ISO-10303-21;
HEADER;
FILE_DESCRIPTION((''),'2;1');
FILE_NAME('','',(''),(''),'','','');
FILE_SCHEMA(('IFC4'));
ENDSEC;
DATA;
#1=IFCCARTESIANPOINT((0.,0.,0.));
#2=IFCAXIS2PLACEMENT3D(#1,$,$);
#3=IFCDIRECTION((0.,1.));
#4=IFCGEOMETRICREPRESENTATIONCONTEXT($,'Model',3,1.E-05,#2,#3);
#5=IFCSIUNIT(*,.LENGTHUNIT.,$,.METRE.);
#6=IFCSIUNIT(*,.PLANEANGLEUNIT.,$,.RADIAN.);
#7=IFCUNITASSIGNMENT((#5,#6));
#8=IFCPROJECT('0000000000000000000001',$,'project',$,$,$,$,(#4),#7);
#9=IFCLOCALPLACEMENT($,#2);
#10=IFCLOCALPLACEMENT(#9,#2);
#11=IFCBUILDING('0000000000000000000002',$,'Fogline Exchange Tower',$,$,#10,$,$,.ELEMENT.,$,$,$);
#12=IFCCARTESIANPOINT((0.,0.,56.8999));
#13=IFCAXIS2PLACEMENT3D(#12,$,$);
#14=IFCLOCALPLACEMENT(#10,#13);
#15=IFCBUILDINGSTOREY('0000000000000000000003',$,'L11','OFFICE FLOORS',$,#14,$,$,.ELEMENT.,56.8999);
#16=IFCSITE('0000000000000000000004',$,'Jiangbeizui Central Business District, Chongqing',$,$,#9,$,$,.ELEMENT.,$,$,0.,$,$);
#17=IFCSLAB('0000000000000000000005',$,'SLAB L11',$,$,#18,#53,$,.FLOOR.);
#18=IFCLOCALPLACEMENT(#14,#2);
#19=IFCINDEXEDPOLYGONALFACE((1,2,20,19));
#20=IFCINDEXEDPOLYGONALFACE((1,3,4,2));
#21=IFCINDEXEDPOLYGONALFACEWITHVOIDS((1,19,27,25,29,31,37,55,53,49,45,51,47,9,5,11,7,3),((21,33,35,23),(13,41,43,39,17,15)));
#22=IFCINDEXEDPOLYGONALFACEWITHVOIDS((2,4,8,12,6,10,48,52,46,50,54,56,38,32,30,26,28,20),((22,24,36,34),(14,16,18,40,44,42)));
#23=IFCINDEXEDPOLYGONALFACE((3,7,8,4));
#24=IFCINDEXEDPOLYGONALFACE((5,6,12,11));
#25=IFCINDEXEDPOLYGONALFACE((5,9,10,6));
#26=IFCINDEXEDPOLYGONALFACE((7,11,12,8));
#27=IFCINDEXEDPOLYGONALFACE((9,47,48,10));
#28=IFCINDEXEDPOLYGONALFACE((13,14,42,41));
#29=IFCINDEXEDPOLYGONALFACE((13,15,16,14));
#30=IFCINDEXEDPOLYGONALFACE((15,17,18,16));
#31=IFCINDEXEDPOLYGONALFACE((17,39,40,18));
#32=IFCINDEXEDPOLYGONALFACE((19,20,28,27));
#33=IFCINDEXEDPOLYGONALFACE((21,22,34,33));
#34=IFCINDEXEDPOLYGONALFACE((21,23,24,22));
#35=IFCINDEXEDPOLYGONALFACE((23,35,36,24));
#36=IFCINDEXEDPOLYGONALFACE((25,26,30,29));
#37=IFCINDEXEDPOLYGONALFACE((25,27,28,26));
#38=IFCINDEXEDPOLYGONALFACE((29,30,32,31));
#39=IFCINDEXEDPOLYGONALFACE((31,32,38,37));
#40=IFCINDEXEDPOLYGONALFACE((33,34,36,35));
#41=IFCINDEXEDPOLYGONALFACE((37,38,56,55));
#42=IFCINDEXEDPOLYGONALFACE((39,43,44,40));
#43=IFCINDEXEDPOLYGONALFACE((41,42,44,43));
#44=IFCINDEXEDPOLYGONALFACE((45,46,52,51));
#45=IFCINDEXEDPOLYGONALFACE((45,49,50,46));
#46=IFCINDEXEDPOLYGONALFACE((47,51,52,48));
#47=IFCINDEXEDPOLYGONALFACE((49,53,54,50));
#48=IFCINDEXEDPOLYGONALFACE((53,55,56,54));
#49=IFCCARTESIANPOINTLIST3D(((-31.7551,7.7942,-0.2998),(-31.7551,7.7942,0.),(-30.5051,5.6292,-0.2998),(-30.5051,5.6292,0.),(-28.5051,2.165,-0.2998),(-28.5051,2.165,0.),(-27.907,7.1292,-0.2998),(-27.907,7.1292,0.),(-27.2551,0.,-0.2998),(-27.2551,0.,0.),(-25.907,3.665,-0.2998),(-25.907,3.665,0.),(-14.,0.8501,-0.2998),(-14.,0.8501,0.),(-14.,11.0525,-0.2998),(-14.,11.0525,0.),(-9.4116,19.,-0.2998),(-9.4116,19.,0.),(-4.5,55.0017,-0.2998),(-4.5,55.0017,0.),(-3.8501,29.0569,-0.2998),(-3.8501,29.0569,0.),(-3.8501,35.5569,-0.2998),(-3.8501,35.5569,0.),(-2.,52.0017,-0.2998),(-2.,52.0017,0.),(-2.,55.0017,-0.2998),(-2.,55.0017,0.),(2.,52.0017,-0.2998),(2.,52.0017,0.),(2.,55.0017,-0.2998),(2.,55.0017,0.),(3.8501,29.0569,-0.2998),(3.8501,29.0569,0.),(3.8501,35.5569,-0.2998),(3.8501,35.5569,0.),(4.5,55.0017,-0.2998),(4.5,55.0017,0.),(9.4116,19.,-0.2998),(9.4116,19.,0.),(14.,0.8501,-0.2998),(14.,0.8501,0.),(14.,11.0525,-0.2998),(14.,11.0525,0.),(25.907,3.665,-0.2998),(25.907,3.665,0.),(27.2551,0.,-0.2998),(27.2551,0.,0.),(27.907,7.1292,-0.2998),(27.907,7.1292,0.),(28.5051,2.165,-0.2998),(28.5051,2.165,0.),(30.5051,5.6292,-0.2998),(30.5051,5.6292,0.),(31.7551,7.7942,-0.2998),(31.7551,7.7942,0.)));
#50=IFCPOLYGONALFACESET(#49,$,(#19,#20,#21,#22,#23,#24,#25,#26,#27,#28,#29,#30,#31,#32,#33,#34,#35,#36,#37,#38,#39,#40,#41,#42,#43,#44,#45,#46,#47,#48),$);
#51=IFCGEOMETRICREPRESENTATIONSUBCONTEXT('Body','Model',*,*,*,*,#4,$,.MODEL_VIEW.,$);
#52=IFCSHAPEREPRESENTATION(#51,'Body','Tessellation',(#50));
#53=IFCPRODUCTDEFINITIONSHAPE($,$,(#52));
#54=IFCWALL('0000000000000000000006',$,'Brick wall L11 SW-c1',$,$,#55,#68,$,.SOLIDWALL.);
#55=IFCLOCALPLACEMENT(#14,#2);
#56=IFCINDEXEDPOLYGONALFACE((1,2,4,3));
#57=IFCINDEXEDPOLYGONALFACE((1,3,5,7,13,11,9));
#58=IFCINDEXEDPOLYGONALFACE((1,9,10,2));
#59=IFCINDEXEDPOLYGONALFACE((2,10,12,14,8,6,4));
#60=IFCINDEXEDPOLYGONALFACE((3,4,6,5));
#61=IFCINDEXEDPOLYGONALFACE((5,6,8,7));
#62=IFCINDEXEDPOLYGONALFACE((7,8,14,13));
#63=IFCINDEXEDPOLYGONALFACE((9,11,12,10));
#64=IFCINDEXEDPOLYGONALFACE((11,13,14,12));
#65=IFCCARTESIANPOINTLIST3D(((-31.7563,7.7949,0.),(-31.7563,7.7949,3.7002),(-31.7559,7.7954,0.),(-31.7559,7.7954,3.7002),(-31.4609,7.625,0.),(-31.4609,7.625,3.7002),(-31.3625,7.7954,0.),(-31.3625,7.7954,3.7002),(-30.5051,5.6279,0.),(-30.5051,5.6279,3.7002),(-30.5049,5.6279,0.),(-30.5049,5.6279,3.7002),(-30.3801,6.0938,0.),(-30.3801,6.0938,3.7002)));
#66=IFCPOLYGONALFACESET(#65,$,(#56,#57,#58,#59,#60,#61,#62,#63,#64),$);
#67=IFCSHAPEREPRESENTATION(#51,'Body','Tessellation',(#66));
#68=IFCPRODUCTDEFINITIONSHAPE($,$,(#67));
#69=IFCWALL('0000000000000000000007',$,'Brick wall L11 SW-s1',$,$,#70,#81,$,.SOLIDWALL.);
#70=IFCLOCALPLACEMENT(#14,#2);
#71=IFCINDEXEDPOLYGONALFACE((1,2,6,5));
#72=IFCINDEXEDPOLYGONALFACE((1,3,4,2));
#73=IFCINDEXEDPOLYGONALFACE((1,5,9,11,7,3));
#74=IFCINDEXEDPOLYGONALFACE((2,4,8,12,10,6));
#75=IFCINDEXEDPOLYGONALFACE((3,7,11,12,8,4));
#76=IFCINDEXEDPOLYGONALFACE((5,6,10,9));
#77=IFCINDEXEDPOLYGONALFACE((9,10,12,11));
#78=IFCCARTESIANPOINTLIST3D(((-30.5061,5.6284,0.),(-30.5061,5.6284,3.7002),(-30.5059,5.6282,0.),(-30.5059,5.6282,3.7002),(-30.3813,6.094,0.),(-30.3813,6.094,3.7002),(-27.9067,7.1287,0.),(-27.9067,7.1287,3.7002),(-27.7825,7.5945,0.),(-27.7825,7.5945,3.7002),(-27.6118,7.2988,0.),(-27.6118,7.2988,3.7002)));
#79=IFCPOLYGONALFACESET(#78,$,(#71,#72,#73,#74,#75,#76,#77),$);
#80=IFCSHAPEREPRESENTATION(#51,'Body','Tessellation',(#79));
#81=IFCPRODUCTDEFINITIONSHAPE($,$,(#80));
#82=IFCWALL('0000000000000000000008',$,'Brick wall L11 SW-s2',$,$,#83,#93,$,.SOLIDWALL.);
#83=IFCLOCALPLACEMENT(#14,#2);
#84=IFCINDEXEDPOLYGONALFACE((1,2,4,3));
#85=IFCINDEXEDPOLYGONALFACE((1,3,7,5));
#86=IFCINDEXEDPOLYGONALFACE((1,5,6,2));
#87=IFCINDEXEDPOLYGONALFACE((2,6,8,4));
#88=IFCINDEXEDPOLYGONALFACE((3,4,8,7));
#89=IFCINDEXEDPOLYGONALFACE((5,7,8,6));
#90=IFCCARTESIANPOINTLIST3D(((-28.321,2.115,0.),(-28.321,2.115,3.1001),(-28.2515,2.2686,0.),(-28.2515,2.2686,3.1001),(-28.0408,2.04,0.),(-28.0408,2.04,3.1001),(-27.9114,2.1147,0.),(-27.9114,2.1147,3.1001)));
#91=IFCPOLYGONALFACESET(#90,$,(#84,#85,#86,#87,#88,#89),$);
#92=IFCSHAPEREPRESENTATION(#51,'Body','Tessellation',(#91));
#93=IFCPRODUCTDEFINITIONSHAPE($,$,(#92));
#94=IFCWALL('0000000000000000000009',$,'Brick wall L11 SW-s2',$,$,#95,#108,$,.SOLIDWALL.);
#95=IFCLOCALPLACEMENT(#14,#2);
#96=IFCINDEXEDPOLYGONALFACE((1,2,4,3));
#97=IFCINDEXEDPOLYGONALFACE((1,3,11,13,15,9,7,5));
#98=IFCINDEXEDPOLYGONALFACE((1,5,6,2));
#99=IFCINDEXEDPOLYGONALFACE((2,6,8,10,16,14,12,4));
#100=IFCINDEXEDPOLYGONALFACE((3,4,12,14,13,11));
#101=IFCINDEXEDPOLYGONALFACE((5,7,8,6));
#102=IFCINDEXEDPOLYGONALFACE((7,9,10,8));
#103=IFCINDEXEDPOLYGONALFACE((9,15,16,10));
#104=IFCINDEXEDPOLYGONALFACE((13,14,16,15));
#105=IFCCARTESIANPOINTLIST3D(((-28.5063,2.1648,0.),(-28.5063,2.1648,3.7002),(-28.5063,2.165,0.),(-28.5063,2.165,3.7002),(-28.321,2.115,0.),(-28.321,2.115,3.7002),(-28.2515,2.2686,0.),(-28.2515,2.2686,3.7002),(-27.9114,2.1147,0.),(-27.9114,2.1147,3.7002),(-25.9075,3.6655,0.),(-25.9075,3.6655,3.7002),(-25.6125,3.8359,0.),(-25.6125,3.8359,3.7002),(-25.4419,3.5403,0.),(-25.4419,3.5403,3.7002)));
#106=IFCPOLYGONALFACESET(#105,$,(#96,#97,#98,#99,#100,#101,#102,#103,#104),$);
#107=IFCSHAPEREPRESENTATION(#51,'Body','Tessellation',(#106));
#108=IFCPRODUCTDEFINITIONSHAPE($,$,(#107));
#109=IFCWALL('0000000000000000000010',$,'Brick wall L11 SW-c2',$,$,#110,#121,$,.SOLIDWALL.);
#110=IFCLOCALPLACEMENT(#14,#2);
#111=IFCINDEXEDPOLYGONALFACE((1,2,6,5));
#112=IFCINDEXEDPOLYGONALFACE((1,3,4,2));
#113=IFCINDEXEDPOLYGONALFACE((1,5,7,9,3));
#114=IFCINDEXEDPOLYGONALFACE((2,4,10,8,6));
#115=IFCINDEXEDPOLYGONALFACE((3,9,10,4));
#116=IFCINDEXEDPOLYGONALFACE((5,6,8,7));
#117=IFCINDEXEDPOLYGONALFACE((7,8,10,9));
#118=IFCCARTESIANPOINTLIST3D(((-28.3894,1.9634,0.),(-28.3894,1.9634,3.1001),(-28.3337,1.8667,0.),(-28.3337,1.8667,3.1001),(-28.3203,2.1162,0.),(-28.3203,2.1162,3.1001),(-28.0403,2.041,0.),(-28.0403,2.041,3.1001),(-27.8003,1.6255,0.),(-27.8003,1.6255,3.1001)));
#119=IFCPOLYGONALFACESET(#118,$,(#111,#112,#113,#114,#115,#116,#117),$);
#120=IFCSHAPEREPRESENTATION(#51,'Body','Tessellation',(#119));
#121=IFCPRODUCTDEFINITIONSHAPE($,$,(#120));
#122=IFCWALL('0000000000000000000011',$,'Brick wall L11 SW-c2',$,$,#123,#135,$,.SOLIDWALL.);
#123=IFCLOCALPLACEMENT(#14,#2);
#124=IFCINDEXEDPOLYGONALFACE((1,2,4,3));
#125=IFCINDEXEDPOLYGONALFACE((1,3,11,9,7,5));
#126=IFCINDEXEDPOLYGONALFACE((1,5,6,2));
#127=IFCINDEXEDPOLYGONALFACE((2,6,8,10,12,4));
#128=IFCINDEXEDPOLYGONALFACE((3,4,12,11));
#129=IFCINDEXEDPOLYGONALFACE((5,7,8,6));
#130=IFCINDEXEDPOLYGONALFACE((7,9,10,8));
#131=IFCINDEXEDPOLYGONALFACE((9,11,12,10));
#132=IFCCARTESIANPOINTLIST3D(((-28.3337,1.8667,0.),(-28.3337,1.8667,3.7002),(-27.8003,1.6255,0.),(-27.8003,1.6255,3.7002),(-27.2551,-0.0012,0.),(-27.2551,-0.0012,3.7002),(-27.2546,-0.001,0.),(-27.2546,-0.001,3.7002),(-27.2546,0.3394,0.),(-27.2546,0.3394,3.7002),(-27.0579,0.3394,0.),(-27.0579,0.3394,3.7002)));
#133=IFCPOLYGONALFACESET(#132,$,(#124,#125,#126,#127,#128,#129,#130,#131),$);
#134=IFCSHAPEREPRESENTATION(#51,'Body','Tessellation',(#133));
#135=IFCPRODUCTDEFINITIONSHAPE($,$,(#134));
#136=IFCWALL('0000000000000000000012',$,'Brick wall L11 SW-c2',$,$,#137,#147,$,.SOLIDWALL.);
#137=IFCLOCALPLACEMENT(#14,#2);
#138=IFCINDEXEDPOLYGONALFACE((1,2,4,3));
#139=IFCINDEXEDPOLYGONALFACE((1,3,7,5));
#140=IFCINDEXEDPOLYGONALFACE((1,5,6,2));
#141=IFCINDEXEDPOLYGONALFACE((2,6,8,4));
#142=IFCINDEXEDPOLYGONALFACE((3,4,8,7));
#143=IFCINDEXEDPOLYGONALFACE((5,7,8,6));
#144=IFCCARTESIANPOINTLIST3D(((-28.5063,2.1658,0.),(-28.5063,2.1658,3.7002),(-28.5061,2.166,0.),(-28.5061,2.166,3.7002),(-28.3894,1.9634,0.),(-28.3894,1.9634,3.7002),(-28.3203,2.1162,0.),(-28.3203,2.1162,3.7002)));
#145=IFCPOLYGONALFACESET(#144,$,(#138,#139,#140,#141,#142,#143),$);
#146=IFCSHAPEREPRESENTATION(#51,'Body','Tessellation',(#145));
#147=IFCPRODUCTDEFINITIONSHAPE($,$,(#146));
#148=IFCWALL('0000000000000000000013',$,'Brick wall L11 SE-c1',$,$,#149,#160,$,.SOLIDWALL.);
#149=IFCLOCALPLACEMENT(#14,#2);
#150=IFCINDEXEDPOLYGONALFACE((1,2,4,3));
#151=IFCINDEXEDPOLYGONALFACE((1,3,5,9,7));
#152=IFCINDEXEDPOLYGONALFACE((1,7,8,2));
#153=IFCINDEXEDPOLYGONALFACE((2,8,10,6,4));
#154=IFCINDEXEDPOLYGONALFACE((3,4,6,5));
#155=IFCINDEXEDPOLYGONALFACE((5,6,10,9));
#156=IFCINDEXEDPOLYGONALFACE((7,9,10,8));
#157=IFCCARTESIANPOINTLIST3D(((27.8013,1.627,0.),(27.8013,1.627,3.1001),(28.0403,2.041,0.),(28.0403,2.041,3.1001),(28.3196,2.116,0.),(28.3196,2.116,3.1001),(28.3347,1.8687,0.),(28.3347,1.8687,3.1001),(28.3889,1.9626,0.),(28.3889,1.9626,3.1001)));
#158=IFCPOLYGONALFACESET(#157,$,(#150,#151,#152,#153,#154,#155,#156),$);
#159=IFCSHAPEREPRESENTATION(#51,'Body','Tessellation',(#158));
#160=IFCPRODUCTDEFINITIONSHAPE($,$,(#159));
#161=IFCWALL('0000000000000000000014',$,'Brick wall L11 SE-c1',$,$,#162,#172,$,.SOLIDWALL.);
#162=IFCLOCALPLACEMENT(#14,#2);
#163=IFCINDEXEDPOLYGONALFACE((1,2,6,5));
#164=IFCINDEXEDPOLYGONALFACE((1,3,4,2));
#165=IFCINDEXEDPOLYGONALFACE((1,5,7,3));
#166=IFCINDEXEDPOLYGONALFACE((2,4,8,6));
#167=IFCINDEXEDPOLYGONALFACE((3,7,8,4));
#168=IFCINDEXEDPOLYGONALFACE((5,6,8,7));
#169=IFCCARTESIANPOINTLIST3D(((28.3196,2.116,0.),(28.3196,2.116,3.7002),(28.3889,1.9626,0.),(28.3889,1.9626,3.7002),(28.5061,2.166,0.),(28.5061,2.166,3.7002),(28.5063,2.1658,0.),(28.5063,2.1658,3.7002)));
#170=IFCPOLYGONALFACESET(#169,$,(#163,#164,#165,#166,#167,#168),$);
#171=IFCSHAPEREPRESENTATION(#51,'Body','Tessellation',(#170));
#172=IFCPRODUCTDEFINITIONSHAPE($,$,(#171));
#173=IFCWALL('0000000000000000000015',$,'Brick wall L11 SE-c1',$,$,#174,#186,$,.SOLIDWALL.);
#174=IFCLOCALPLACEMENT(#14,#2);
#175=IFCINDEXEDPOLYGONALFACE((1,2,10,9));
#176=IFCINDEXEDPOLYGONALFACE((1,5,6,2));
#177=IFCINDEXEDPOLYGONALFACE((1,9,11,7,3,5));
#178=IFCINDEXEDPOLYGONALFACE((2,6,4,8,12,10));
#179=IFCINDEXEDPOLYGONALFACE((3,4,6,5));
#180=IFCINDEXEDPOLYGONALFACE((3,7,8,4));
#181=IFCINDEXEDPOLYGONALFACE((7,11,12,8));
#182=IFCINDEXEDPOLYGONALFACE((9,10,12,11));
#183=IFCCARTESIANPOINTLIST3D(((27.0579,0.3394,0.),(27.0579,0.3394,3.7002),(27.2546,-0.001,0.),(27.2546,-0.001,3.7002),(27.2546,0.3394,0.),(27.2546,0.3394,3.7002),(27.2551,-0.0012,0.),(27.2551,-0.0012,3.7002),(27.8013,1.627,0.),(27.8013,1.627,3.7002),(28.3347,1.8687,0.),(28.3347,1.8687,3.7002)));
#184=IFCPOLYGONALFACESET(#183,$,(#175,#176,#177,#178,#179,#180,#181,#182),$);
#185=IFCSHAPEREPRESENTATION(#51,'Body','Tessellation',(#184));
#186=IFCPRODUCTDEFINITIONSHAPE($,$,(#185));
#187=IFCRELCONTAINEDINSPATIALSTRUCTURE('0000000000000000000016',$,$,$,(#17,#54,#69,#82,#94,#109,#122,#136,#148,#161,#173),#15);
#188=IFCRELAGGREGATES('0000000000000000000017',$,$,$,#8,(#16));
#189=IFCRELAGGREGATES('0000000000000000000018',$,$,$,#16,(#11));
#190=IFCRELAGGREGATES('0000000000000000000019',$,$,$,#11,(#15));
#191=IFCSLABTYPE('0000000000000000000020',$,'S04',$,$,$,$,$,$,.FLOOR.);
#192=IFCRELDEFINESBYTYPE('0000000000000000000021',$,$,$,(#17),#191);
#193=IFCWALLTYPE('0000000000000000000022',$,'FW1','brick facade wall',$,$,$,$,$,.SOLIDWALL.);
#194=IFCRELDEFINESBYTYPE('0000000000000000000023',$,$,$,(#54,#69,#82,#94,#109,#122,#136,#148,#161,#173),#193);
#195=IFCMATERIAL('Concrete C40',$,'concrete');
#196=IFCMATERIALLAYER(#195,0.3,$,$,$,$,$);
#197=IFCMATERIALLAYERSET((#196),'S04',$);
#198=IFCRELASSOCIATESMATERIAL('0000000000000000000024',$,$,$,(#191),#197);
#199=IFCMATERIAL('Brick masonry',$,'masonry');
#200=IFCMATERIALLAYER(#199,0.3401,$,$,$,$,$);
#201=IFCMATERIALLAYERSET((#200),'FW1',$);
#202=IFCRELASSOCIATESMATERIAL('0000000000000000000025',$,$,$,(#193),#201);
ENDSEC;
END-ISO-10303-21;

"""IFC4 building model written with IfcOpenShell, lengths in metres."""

from ifc_helpers import new_model, si_unit, direction, frame, origin, place, context, subcontext, project, spatial, polyline, outline, extrude, material, layer, layer_set, type_object, element, save


model = new_model("IFC4")

# Units and contexts
model_context = context("Model", 3, precision=1e-05, world=origin(), true_north=direction((0.0, 1.0)))
body_context = subcontext(model_context, "Body", "Model", "MODEL_VIEW")
ifc_project = project(units=[si_unit("LENGTHUNIT", "METRE"), si_unit("PLANEANGLEUNIT", "RADIAN")], contexts=[model_context])

# Site, building, storey
site_placement = place(None, origin())
site = spatial("IfcSite", under=ifc_project, at=site_placement, Name="Jiangbeizui Central Business District, Chongqing", CompositionType="ELEMENT", RefElevation=0.0)
building_placement = place(site_placement, origin())
building = spatial("IfcBuilding", under=site, at=building_placement, Name="Fogline Exchange Tower", CompositionType="ELEMENT")
storey_placement = place(building_placement, frame((0.0, 0.0, 56.8999)))
storey = spatial("IfcBuildingStorey", under=building, at=storey_placement, Name="L11", Description="OFFICE FLOORS", CompositionType="ELEMENT", Elevation=56.8999)

# Slab
ifc_material_1 = material(Name="Concrete C40", Category="concrete")
ifc_layer_1 = layer(ifc_material_1, 0.3)
ifc_layer_set_1 = layer_set([ifc_layer_1], Name="S04")
slab_type = type_object("IfcSlabType", Name="S04", PredefinedType="FLOOR", material=ifc_layer_set_1)
slab_placement = place(storey_placement, frame((0.0, 0.0, -0.2998)))
element("IfcSlab", 1, at=slab_placement, inside=storey, type_object=slab_type, Name="SLAB L11", PredefinedType="FLOOR", context=body_context, shape_type="SweptSolid", body=[
    extrude(outline(polyline([(-2.0, 55.0017), (-4.5, 55.0017), (-31.7551, 7.7942), (-30.5051, 5.6292), (-27.907, 7.1292), (-25.907, 3.665), (-28.5051, 2.165), (-27.2551, 0.0), (27.2551, 0.0), (28.5051, 2.165), (25.907, 3.665), (27.907, 7.1292), (30.5051, 5.6292), (31.7551, 7.7942), (4.5, 55.0017), (2.0, 55.0017), (2.0, 52.0017), (-2.0, 52.0017), (-2.0, 55.0017)]), holes=[polyline([(14.0, 11.0525), (14.0, 0.8501), (-14.0, 0.8501), (-14.0, 11.0525), (-9.4116, 19.0), (9.4116, 19.0), (14.0, 11.0525)]), polyline([(3.8501, 35.5569), (3.8501, 29.0569), (-3.8501, 29.0569), (-3.8501, 35.5569), (3.8501, 35.5569)])]), origin(), (0.0, 0.0, 1.0), 0.2998),
])

# Walls
ifc_material_2 = material(Name="Brick masonry", Category="masonry")
ifc_layer_2 = layer(ifc_material_2, 0.3401)
ifc_layer_set_2 = layer_set([ifc_layer_2], Name="FW1")
wall_type = type_object("IfcWallType", Name="FW1", Description="brick facade wall", PredefinedType="SOLIDWALL", material=ifc_layer_set_2)
wall_1_placement = place(storey_placement, origin())
element("IfcWall", 2, at=wall_1_placement, inside=storey, type_object=wall_type, Name="Brick wall L11 SW-c1", PredefinedType="SOLIDWALL", context=body_context, shape_type="SweptSolid", body=[
    extrude(outline(polyline([(-30.5051, 5.6279), (-31.7563, 7.7949), (-31.7559, 7.7954), (-31.4609, 7.625), (-31.3625, 7.7954), (-30.3801, 6.0938), (-30.5049, 5.6279), (-30.5051, 5.6279)])), origin(), (0.0, 0.0, 1.0), 3.7002),
])
wall_2_placement = place(storey_placement, origin())
element("IfcWall", 3, at=wall_2_placement, inside=storey, type_object=wall_type, Name="Brick wall L11 SW-s1", PredefinedType="SOLIDWALL", context=body_context, shape_type="SweptSolid", body=[
    extrude(outline(polyline([(-27.7825, 7.5945), (-27.6118, 7.2988), (-27.9067, 7.1287), (-30.5059, 5.6282), (-30.5061, 5.6284), (-30.3813, 6.094), (-27.7825, 7.5945)])), origin(), (0.0, 0.0, 1.0), 3.7002),
])
wall_3_placement = place(storey_placement, origin())
element("IfcWall", 4, at=wall_3_placement, inside=storey, type_object=wall_type, Name="Brick wall L11 SW-s2", PredefinedType="SOLIDWALL", context=body_context, shape_type="SweptSolid", body=[
    extrude(outline(polyline([(-28.0408, 2.04), (-28.321, 2.115), (-28.2515, 2.2686), (-27.9114, 2.1147), (-28.0408, 2.04)])), origin(), (0.0, 0.0, 1.0), 3.1001),
])
wall_4_placement = place(storey_placement, origin())
element("IfcWall", 5, at=wall_4_placement, inside=storey, type_object=wall_type, Name="Brick wall L11 SW-s2", PredefinedType="SOLIDWALL", context=body_context, shape_type="SweptSolid", body=[
    extrude(outline(polyline([(-25.9075, 3.6655), (-25.6125, 3.8359), (-25.4419, 3.5403), (-27.9114, 2.1147), (-28.2515, 2.2686), (-28.321, 2.115), (-28.5063, 2.1648), (-28.5063, 2.165), (-25.9075, 3.6655)])), origin(), (0.0, 0.0, 1.0), 3.7002),
])
wall_5_placement = place(storey_placement, origin())
element("IfcWall", 6, at=wall_5_placement, inside=storey, type_object=wall_type, Name="Brick wall L11 SW-c2", PredefinedType="SOLIDWALL", context=body_context, shape_type="SweptSolid", body=[
    extrude(outline(polyline([(-28.3894, 1.9634), (-28.3203, 2.1162), (-28.0403, 2.041), (-27.8003, 1.6255), (-28.3337, 1.8667), (-28.3894, 1.9634)])), origin(), (0.0, 0.0, 1.0), 3.1001),
])
wall_6_placement = place(storey_placement, origin())
element("IfcWall", 7, at=wall_6_placement, inside=storey, type_object=wall_type, Name="Brick wall L11 SW-c2", PredefinedType="SOLIDWALL", context=body_context, shape_type="SweptSolid", body=[
    extrude(outline(polyline([(-27.2546, 0.3394), (-27.2546, -0.001), (-27.2551, -0.0012), (-28.3337, 1.8667), (-27.8003, 1.6255), (-27.0579, 0.3394), (-27.2546, 0.3394)])), origin(), (0.0, 0.0, 1.0), 3.7002),
])
wall_7_placement = place(storey_placement, origin())
element("IfcWall", 8, at=wall_7_placement, inside=storey, type_object=wall_type, Name="Brick wall L11 SW-c2", PredefinedType="SOLIDWALL", context=body_context, shape_type="SweptSolid", body=[
    extrude(outline(polyline([(-28.5063, 2.1658), (-28.5061, 2.166), (-28.3203, 2.1162), (-28.3894, 1.9634), (-28.5063, 2.1658)])), origin(), (0.0, 0.0, 1.0), 3.7002),
])
wall_8_placement = place(storey_placement, origin())
element("IfcWall", 9, at=wall_8_placement, inside=storey, type_object=wall_type, Name="Brick wall L11 SE-c1", PredefinedType="SOLIDWALL", context=body_context, shape_type="SweptSolid", body=[
    extrude(outline(polyline([(28.3347, 1.8687), (27.8013, 1.627), (28.0403, 2.041), (28.3196, 2.116), (28.3889, 1.9626), (28.3347, 1.8687)])), origin(), (0.0, 0.0, 1.0), 3.1001),
])
wall_9_placement = place(storey_placement, origin())
element("IfcWall", 10, at=wall_9_placement, inside=storey, type_object=wall_type, Name="Brick wall L11 SE-c1", PredefinedType="SOLIDWALL", context=body_context, shape_type="SweptSolid", body=[
    extrude(outline(polyline([(28.3889, 1.9626), (28.3196, 2.116), (28.5061, 2.166), (28.5063, 2.1658), (28.3889, 1.9626)])), origin(), (0.0, 0.0, 1.0), 3.7002),
])
wall_10_placement = place(storey_placement, origin())
element("IfcWall", 11, at=wall_10_placement, inside=storey, type_object=wall_type, Name="Brick wall L11 SE-c1", PredefinedType="SOLIDWALL", context=body_context, shape_type="SweptSolid", body=[
    extrude(outline(polyline([(27.2551, -0.0012), (27.2546, -0.001), (27.2546, 0.3394), (27.0579, 0.3394), (27.8013, 1.627), (28.3347, 1.8687), (27.2551, -0.0012)])), origin(), (0.0, 0.0, 1.0), 3.7002),
])

save(model, "model.ifc")
